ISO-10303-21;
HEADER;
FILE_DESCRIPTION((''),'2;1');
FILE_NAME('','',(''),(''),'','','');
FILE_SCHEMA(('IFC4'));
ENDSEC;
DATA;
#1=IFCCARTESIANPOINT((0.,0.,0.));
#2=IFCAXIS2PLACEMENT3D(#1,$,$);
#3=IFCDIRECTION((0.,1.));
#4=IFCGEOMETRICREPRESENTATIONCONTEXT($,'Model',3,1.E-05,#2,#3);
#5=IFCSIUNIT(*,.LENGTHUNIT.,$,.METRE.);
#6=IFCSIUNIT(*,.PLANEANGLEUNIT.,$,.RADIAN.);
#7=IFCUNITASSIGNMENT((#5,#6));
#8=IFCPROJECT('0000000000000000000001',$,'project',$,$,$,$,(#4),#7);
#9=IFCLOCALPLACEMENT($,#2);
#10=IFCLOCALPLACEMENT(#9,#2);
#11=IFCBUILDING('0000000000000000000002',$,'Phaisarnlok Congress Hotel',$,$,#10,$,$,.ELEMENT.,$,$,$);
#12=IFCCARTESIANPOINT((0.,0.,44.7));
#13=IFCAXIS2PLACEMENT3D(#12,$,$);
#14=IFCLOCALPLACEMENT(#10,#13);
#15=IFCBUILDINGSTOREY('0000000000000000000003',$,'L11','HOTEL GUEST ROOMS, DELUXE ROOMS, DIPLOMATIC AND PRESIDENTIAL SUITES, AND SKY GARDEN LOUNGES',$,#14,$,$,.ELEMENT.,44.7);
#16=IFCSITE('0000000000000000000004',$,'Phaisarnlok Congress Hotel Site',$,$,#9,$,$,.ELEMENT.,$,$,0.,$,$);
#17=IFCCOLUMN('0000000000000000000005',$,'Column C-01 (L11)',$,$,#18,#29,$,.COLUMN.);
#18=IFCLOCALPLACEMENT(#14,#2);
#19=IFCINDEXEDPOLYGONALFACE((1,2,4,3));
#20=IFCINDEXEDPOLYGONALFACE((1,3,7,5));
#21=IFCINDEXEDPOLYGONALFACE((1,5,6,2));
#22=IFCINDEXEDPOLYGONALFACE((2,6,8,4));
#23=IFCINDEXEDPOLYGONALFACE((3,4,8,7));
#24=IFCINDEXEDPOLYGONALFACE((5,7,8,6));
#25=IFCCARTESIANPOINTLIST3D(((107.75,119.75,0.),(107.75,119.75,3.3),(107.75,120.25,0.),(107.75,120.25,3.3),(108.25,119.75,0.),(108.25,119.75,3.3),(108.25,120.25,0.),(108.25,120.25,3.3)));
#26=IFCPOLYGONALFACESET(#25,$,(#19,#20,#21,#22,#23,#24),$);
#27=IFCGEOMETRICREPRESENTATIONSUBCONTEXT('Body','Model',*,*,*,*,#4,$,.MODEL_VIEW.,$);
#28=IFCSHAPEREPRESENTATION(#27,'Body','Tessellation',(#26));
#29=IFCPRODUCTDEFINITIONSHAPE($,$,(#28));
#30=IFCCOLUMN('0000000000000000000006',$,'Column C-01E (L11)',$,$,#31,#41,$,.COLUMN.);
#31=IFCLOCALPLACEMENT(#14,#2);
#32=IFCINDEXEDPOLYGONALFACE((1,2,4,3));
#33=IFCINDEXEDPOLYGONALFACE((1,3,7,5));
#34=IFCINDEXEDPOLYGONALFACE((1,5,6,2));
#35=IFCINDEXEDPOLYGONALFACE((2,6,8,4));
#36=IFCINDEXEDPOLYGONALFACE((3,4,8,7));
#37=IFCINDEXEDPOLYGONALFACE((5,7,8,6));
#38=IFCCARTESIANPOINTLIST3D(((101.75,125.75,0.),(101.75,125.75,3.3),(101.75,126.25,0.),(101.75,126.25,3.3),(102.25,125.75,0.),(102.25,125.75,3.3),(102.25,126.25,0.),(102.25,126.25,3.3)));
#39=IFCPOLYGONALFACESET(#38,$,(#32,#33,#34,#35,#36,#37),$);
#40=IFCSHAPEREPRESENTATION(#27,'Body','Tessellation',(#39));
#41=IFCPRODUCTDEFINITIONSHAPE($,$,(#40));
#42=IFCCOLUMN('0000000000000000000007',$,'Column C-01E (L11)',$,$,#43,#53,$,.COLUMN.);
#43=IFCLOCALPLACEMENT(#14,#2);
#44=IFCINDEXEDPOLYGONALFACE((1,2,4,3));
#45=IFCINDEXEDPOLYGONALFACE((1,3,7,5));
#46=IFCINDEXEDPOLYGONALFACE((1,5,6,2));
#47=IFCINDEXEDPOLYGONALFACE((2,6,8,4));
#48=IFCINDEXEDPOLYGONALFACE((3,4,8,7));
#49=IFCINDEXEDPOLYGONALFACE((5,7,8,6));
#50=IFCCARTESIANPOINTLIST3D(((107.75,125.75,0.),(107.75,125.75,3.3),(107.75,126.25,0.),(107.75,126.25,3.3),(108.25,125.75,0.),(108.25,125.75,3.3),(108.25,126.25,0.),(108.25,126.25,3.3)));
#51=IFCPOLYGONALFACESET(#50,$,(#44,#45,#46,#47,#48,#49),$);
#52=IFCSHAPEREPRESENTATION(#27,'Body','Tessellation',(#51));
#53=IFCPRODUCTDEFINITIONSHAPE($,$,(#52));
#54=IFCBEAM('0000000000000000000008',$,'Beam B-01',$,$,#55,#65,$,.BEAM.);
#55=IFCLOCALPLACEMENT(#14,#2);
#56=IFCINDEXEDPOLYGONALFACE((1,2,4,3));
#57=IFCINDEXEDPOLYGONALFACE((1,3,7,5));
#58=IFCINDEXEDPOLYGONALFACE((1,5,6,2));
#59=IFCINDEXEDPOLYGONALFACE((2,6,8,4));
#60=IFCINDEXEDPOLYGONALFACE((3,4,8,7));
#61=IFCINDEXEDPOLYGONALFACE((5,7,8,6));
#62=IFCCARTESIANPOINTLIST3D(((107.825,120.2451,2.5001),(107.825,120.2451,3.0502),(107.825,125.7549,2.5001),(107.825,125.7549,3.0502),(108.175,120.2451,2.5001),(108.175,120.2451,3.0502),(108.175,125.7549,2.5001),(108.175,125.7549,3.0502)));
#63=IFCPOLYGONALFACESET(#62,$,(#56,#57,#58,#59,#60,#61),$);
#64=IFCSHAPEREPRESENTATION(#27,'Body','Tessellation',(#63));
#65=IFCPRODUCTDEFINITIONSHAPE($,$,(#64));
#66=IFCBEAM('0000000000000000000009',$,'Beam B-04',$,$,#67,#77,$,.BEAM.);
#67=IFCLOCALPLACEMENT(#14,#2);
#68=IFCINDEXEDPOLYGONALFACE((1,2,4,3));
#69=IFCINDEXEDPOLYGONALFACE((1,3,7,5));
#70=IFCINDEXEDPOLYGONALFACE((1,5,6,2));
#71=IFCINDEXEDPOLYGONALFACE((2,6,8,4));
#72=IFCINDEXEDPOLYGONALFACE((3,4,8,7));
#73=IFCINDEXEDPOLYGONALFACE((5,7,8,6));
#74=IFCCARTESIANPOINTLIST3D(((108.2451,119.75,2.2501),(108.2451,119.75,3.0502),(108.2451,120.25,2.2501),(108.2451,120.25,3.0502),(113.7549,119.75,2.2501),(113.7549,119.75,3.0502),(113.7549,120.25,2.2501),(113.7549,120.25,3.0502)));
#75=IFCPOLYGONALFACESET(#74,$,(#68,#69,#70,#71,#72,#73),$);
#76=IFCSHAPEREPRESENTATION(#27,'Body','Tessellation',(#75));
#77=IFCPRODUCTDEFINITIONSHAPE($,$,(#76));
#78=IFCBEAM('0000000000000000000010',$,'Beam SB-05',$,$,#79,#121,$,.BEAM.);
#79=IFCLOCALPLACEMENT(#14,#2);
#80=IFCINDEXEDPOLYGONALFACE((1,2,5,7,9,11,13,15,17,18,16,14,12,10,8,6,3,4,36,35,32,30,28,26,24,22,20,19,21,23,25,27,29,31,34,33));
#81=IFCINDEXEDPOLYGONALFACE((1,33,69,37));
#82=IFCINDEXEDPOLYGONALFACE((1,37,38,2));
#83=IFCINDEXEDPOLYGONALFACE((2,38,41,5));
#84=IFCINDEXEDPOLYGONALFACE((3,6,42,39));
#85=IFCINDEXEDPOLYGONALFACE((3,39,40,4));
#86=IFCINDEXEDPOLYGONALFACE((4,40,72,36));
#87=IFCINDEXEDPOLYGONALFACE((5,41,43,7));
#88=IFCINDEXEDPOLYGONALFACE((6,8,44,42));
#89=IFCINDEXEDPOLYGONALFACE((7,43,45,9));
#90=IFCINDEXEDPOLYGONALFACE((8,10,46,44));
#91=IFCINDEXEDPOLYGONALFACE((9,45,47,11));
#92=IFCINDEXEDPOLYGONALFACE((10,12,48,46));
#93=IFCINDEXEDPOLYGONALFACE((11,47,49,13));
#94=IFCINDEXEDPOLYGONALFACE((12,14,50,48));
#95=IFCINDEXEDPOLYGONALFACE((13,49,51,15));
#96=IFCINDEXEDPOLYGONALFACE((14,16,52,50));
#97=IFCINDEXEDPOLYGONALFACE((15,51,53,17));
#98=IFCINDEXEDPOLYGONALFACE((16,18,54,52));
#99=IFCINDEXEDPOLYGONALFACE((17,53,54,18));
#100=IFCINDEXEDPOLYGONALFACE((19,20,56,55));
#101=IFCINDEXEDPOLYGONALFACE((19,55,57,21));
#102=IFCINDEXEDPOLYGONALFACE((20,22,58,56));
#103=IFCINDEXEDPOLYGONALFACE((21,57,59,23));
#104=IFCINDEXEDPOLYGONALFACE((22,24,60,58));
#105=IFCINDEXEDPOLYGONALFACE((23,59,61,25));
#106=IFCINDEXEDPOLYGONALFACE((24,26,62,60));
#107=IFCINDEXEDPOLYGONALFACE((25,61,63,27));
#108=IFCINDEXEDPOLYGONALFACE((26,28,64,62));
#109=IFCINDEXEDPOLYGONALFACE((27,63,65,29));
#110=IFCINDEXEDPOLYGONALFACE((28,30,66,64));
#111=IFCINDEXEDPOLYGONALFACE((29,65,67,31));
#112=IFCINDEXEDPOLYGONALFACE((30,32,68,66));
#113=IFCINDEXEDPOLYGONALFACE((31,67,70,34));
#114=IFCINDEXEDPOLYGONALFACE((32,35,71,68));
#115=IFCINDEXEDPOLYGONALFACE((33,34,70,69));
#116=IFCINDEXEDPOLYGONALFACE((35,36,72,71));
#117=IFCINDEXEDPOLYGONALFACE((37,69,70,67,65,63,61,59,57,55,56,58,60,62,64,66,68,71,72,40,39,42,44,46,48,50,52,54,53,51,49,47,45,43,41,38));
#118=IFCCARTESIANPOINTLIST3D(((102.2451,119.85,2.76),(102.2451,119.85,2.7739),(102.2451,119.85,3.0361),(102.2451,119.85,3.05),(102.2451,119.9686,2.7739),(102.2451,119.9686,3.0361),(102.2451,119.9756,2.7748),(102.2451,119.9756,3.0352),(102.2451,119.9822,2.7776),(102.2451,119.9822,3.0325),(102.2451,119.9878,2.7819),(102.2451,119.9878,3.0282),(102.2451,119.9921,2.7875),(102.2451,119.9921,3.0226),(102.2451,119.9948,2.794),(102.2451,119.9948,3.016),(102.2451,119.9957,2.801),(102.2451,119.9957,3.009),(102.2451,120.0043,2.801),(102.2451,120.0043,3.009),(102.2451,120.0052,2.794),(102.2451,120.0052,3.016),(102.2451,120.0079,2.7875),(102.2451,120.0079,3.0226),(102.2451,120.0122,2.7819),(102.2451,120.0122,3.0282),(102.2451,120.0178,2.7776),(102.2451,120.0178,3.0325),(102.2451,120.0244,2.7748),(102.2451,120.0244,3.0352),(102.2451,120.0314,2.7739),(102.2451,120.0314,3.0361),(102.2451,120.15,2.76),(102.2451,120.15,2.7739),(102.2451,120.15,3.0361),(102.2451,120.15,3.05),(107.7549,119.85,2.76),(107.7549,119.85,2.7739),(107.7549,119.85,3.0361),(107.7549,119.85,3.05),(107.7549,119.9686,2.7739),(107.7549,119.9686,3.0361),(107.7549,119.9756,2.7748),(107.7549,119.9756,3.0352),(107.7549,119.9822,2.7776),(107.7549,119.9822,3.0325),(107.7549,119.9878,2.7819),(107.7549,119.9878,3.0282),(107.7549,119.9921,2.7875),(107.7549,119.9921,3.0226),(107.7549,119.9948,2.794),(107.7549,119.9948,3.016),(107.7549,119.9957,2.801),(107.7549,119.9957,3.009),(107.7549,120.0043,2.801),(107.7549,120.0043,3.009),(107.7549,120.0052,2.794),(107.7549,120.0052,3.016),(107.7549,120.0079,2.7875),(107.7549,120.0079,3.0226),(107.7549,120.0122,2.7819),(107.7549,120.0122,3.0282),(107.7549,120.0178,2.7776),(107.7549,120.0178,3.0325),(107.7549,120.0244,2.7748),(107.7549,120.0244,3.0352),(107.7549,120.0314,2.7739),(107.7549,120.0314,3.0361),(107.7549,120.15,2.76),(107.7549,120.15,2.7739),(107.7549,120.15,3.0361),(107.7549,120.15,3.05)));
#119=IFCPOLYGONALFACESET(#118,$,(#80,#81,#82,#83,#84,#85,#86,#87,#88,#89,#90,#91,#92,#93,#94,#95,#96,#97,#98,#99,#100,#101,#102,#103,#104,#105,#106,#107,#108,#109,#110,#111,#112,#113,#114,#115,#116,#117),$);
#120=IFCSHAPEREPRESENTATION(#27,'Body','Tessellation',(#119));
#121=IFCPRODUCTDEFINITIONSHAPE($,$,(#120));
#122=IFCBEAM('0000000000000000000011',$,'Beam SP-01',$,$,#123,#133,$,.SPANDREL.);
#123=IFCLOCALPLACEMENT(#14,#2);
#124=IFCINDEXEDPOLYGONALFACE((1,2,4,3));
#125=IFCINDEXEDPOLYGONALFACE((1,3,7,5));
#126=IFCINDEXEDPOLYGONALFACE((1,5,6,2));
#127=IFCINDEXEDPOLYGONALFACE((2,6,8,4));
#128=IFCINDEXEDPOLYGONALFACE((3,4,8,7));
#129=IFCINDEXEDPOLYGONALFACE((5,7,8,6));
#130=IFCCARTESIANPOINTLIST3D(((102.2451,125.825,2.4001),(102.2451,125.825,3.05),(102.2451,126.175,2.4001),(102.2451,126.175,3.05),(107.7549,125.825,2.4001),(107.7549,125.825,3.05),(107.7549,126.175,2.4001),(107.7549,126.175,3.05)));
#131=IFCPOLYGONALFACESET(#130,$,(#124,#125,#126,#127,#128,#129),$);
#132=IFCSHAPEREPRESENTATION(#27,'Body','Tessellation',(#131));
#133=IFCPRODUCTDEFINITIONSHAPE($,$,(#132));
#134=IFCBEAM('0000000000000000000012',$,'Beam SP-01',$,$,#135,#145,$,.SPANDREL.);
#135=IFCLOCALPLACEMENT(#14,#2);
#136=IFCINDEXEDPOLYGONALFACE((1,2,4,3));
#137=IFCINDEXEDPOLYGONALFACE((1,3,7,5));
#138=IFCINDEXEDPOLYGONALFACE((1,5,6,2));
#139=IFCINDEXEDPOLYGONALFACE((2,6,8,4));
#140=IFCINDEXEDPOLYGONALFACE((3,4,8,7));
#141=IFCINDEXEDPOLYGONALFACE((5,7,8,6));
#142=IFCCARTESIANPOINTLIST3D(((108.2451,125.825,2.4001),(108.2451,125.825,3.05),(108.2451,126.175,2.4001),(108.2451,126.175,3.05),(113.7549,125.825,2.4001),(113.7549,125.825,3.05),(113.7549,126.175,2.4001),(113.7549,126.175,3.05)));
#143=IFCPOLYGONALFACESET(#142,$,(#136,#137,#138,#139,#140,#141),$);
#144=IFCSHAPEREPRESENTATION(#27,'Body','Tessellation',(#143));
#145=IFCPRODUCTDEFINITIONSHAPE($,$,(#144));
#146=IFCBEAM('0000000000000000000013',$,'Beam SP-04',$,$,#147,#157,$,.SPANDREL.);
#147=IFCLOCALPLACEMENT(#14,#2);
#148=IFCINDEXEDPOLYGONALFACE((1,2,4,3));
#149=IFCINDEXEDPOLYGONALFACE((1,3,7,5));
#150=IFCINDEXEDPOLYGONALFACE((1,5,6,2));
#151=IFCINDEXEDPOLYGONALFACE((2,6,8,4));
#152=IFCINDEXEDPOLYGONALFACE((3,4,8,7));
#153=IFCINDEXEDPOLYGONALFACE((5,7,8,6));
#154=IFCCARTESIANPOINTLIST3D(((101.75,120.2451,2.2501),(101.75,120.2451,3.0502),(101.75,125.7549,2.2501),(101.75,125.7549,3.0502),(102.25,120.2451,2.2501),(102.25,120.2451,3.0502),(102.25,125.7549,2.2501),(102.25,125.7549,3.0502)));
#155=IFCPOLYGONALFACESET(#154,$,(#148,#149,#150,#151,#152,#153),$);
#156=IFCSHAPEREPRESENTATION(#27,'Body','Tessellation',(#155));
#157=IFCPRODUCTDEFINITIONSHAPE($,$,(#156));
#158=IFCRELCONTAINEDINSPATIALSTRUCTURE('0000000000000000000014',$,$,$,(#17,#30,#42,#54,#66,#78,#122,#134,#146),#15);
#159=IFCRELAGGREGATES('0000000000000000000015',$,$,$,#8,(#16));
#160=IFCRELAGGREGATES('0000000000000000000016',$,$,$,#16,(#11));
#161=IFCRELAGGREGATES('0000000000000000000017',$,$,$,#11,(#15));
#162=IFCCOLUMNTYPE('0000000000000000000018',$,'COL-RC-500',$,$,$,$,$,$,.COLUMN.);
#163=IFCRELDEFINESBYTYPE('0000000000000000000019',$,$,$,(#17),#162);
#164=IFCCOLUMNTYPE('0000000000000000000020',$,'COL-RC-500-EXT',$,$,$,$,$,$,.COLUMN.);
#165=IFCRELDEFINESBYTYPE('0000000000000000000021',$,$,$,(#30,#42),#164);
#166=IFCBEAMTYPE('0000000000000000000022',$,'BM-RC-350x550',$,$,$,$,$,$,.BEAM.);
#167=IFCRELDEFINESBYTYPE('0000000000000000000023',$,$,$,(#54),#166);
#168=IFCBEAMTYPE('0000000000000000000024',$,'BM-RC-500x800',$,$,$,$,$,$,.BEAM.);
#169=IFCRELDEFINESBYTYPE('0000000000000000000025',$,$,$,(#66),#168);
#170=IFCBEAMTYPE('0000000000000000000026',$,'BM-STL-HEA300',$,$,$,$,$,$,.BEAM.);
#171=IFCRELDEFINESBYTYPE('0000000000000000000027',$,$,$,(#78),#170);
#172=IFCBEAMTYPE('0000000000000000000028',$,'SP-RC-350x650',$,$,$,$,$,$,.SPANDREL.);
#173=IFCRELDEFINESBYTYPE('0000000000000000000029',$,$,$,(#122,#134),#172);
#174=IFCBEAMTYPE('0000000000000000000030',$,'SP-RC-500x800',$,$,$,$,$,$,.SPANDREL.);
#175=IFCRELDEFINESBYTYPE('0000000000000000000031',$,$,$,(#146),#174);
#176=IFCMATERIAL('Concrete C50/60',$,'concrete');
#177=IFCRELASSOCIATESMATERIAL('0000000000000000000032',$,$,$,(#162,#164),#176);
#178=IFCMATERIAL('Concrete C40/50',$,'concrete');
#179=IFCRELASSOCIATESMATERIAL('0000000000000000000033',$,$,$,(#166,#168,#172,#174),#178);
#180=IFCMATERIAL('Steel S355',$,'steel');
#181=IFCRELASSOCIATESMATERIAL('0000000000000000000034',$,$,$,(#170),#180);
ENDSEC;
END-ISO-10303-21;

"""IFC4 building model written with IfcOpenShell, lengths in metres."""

from ifc_helpers import new_model, si_unit, direction, frame, origin, origin_2d, place, context, subcontext, project, spatial, rectangle, i_section, extrude, material, material_profile, profile_set, type_object, element, save


model = new_model("IFC4")

# Units and contexts
model_context = context("Model", 3, precision=1e-05, world=origin(), true_north=direction((0.0, 1.0)))
body_context = subcontext(model_context, "Body", "Model", "MODEL_VIEW")
ifc_project = project(units=[si_unit("LENGTHUNIT", "METRE"), si_unit("PLANEANGLEUNIT", "RADIAN")], contexts=[model_context])

# Site, building, storey
site_placement = place(None, origin())
site = spatial("IfcSite", under=ifc_project, at=site_placement, Name="Phaisarnlok Congress Hotel Site", CompositionType="ELEMENT", RefElevation=0.0)
building_placement = place(site_placement, origin())
building = spatial("IfcBuilding", under=site, at=building_placement, Name="Phaisarnlok Congress Hotel", CompositionType="ELEMENT")
storey_placement = place(building_placement, frame((0.0, 0.0, 44.7)))
storey = spatial("IfcBuildingStorey", under=building, at=storey_placement, Name="L11", Description="HOTEL GUEST ROOMS, DELUXE ROOMS, DIPLOMATIC AND PRESIDENTIAL SUITES, AND SKY GARDEN LOUNGES", CompositionType="ELEMENT", Elevation=44.7)

# Columns
ifc_material_1 = material(Name="Concrete C50/60", Category="concrete")
ifc_material_profile_1 = material_profile(ifc_material_1, rectangle(XDim=0.5, YDim=0.5, at=origin_2d()), Name="RC 500x500")
ifc_profile_set_1 = profile_set([ifc_material_profile_1], Name="Concrete C50/60")
column_type_1 = type_object("IfcColumnType", Name="COL-RC-500", PredefinedType="COLUMN", material=ifc_profile_set_1)
column_placement = place(storey_placement, frame((108.0, 120.0, 0.0), z_axis=(0.0, 0.0, 1.0), x_axis=(1.0, 0.0, 0.0)))
element("IfcColumn", 1, at=column_placement, inside=storey, type_object=column_type_1, Name="Column C-01 (L11)", PredefinedType="COLUMN", context=body_context, shape_type="SweptSolid", body=[
    extrude(rectangle(XDim=0.5, YDim=0.5, at=origin_2d()), origin(), (0.0, 0.0, 1.0), 3.3),
])
ifc_material_profile_2 = material_profile(ifc_material_1, rectangle(XDim=0.5, YDim=0.5, at=origin_2d()), Name="RC 500x500")
ifc_profile_set_2 = profile_set([ifc_material_profile_2], Name="Concrete C50/60")
column_type_2 = type_object("IfcColumnType", Name="COL-RC-500-EXT", PredefinedType="COLUMN", material=ifc_profile_set_2)
for number, where, z_axis, x_axis, name in (
    (2, (102.0, 126.0, 0.0), (0.0, 0.0, 1.0), (1.0, 0.0, 0.0), "Column C-01E (L11)"),
    (3, (108.0, 126.0, 0.0), (0.0, 0.0, 1.0), (1.0, 0.0, 0.0), "Column C-01E (L11)"),
):
    element("IfcColumn", number, at=place(storey_placement, frame(where, z_axis=z_axis, x_axis=x_axis)), inside=storey, type_object=column_type_2, Name=name, PredefinedType="COLUMN", context=body_context, shape_type="SweptSolid", body=[
        extrude(rectangle(XDim=0.5, YDim=0.5, at=origin_2d()), origin(), (0.0, 0.0, 1.0), 3.3),
    ])

# Beams
ifc_material_2 = material(Name="Concrete C40/50", Category="concrete")
ifc_material_profile_3 = material_profile(ifc_material_2, rectangle(XDim=0.3501, YDim=0.55, at=origin_2d()), Name="RC 350x550")
ifc_profile_set_3 = profile_set([ifc_material_profile_3], Name="Concrete C40/50")
beam_type_1 = type_object("IfcBeamType", Name="BM-RC-350x550", PredefinedType="BEAM", material=ifc_profile_set_3)
beam_1_placement = place(storey_placement, frame((108.0, 120.2451, 2.7751), z_axis=(0.0, 1.0, 0.0), x_axis=(-1.0, 0.0, 0.0)))
element("IfcBeam", 4, at=beam_1_placement, inside=storey, type_object=beam_type_1, Name="Beam B-01", PredefinedType="BEAM", context=body_context, shape_type="SweptSolid", body=[
    extrude(rectangle(XDim=0.3501, YDim=0.55, at=origin_2d()), origin(), (0.0, 0.0, 1.0), 5.5098),
])
ifc_material_profile_4 = material_profile(ifc_material_2, rectangle(XDim=0.5, YDim=0.8, at=origin_2d()), Name="RC 500x800")
ifc_profile_set_4 = profile_set([ifc_material_profile_4], Name="Concrete C40/50")
beam_type_2 = type_object("IfcBeamType", Name="BM-RC-500x800", PredefinedType="BEAM", material=ifc_profile_set_4)
beam_2_placement = place(storey_placement, frame((108.2451, 120.0, 2.6501), z_axis=(1.0, 0.0, 0.0), x_axis=(0.0, 1.0, 0.0)))
element("IfcBeam", 5, at=beam_2_placement, inside=storey, type_object=beam_type_2, Name="Beam B-04", PredefinedType="BEAM", context=body_context, shape_type="SweptSolid", body=[
    extrude(rectangle(XDim=0.5, YDim=0.8, at=origin_2d()), origin(), (0.0, 0.0, 1.0), 5.5098),
])
ifc_material_3 = material(Name="Steel S355", Category="steel")
ifc_material_profile_5 = material_profile(ifc_material_3, i_section(OverallWidth=0.3, OverallDepth=0.29, WebThickness=0.0085, FlangeThickness=0.0139, FilletRadius=0.0271, at=origin_2d()), Name="HEA 300")
ifc_profile_set_5 = profile_set([ifc_material_profile_5], Name="Steel S355")
beam_type_3 = type_object("IfcBeamType", Name="BM-STL-HEA300", PredefinedType="BEAM", material=ifc_profile_set_5)
beam_3_placement = place(storey_placement, frame((102.2451, 120.0, 2.905), z_axis=(1.0, 0.0, 0.0), x_axis=(0.0, 1.0, 0.0)))
element("IfcBeam", 6, at=beam_3_placement, inside=storey, type_object=beam_type_3, Name="Beam SB-05", PredefinedType="BEAM", context=body_context, shape_type="SweptSolid", body=[
    extrude(i_section(OverallWidth=0.3, OverallDepth=0.29, WebThickness=0.0085, FlangeThickness=0.0139, FilletRadius=0.0271, at=origin_2d()), origin(), (0.0, 0.0, 1.0), 5.5098),
])
ifc_material_profile_6 = material_profile(ifc_material_2, rectangle(XDim=0.3501, YDim=0.6499, at=origin_2d()), Name="RC 350x650")
ifc_profile_set_6 = profile_set([ifc_material_profile_6], Name="Concrete C40/50")
beam_type_4 = type_object("IfcBeamType", Name="SP-RC-350x650", PredefinedType="SPANDREL", material=ifc_profile_set_6)
for number, where, z_axis, x_axis, name in (
    (7, (102.2451, 126.0, 2.7251), (1.0, 0.0, 0.0), (0.0, 1.0, 0.0), "Beam SP-01"),
    (8, (108.2451, 126.0, 2.7251), (1.0, 0.0, 0.0), (0.0, 1.0, 0.0), "Beam SP-01"),
):
    element("IfcBeam", number, at=place(storey_placement, frame(where, z_axis=z_axis, x_axis=x_axis)), inside=storey, type_object=beam_type_4, Name=name, PredefinedType="SPANDREL", context=body_context, shape_type="SweptSolid", body=[
        extrude(rectangle(XDim=0.3501, YDim=0.6499, at=origin_2d()), origin(), (0.0, 0.0, 1.0), 5.5098),
    ])
ifc_material_profile_7 = material_profile(ifc_material_2, rectangle(XDim=0.5, YDim=0.8, at=origin_2d()), Name="RC 500x800")
ifc_profile_set_7 = profile_set([ifc_material_profile_7], Name="Concrete C40/50")
beam_type_5 = type_object("IfcBeamType", Name="SP-RC-500x800", PredefinedType="SPANDREL", material=ifc_profile_set_7)
beam_4_placement = place(storey_placement, frame((102.0, 120.2451, 2.6501), z_axis=(0.0, 1.0, 0.0), x_axis=(-1.0, 0.0, 0.0)))
element("IfcBeam", 9, at=beam_4_placement, inside=storey, type_object=beam_type_5, Name="Beam SP-04", PredefinedType="SPANDREL", context=body_context, shape_type="SweptSolid", body=[
    extrude(rectangle(XDim=0.5, YDim=0.8, at=origin_2d()), origin(), (0.0, 0.0, 1.0), 5.5098),
])

save(model, "model.ifc")
